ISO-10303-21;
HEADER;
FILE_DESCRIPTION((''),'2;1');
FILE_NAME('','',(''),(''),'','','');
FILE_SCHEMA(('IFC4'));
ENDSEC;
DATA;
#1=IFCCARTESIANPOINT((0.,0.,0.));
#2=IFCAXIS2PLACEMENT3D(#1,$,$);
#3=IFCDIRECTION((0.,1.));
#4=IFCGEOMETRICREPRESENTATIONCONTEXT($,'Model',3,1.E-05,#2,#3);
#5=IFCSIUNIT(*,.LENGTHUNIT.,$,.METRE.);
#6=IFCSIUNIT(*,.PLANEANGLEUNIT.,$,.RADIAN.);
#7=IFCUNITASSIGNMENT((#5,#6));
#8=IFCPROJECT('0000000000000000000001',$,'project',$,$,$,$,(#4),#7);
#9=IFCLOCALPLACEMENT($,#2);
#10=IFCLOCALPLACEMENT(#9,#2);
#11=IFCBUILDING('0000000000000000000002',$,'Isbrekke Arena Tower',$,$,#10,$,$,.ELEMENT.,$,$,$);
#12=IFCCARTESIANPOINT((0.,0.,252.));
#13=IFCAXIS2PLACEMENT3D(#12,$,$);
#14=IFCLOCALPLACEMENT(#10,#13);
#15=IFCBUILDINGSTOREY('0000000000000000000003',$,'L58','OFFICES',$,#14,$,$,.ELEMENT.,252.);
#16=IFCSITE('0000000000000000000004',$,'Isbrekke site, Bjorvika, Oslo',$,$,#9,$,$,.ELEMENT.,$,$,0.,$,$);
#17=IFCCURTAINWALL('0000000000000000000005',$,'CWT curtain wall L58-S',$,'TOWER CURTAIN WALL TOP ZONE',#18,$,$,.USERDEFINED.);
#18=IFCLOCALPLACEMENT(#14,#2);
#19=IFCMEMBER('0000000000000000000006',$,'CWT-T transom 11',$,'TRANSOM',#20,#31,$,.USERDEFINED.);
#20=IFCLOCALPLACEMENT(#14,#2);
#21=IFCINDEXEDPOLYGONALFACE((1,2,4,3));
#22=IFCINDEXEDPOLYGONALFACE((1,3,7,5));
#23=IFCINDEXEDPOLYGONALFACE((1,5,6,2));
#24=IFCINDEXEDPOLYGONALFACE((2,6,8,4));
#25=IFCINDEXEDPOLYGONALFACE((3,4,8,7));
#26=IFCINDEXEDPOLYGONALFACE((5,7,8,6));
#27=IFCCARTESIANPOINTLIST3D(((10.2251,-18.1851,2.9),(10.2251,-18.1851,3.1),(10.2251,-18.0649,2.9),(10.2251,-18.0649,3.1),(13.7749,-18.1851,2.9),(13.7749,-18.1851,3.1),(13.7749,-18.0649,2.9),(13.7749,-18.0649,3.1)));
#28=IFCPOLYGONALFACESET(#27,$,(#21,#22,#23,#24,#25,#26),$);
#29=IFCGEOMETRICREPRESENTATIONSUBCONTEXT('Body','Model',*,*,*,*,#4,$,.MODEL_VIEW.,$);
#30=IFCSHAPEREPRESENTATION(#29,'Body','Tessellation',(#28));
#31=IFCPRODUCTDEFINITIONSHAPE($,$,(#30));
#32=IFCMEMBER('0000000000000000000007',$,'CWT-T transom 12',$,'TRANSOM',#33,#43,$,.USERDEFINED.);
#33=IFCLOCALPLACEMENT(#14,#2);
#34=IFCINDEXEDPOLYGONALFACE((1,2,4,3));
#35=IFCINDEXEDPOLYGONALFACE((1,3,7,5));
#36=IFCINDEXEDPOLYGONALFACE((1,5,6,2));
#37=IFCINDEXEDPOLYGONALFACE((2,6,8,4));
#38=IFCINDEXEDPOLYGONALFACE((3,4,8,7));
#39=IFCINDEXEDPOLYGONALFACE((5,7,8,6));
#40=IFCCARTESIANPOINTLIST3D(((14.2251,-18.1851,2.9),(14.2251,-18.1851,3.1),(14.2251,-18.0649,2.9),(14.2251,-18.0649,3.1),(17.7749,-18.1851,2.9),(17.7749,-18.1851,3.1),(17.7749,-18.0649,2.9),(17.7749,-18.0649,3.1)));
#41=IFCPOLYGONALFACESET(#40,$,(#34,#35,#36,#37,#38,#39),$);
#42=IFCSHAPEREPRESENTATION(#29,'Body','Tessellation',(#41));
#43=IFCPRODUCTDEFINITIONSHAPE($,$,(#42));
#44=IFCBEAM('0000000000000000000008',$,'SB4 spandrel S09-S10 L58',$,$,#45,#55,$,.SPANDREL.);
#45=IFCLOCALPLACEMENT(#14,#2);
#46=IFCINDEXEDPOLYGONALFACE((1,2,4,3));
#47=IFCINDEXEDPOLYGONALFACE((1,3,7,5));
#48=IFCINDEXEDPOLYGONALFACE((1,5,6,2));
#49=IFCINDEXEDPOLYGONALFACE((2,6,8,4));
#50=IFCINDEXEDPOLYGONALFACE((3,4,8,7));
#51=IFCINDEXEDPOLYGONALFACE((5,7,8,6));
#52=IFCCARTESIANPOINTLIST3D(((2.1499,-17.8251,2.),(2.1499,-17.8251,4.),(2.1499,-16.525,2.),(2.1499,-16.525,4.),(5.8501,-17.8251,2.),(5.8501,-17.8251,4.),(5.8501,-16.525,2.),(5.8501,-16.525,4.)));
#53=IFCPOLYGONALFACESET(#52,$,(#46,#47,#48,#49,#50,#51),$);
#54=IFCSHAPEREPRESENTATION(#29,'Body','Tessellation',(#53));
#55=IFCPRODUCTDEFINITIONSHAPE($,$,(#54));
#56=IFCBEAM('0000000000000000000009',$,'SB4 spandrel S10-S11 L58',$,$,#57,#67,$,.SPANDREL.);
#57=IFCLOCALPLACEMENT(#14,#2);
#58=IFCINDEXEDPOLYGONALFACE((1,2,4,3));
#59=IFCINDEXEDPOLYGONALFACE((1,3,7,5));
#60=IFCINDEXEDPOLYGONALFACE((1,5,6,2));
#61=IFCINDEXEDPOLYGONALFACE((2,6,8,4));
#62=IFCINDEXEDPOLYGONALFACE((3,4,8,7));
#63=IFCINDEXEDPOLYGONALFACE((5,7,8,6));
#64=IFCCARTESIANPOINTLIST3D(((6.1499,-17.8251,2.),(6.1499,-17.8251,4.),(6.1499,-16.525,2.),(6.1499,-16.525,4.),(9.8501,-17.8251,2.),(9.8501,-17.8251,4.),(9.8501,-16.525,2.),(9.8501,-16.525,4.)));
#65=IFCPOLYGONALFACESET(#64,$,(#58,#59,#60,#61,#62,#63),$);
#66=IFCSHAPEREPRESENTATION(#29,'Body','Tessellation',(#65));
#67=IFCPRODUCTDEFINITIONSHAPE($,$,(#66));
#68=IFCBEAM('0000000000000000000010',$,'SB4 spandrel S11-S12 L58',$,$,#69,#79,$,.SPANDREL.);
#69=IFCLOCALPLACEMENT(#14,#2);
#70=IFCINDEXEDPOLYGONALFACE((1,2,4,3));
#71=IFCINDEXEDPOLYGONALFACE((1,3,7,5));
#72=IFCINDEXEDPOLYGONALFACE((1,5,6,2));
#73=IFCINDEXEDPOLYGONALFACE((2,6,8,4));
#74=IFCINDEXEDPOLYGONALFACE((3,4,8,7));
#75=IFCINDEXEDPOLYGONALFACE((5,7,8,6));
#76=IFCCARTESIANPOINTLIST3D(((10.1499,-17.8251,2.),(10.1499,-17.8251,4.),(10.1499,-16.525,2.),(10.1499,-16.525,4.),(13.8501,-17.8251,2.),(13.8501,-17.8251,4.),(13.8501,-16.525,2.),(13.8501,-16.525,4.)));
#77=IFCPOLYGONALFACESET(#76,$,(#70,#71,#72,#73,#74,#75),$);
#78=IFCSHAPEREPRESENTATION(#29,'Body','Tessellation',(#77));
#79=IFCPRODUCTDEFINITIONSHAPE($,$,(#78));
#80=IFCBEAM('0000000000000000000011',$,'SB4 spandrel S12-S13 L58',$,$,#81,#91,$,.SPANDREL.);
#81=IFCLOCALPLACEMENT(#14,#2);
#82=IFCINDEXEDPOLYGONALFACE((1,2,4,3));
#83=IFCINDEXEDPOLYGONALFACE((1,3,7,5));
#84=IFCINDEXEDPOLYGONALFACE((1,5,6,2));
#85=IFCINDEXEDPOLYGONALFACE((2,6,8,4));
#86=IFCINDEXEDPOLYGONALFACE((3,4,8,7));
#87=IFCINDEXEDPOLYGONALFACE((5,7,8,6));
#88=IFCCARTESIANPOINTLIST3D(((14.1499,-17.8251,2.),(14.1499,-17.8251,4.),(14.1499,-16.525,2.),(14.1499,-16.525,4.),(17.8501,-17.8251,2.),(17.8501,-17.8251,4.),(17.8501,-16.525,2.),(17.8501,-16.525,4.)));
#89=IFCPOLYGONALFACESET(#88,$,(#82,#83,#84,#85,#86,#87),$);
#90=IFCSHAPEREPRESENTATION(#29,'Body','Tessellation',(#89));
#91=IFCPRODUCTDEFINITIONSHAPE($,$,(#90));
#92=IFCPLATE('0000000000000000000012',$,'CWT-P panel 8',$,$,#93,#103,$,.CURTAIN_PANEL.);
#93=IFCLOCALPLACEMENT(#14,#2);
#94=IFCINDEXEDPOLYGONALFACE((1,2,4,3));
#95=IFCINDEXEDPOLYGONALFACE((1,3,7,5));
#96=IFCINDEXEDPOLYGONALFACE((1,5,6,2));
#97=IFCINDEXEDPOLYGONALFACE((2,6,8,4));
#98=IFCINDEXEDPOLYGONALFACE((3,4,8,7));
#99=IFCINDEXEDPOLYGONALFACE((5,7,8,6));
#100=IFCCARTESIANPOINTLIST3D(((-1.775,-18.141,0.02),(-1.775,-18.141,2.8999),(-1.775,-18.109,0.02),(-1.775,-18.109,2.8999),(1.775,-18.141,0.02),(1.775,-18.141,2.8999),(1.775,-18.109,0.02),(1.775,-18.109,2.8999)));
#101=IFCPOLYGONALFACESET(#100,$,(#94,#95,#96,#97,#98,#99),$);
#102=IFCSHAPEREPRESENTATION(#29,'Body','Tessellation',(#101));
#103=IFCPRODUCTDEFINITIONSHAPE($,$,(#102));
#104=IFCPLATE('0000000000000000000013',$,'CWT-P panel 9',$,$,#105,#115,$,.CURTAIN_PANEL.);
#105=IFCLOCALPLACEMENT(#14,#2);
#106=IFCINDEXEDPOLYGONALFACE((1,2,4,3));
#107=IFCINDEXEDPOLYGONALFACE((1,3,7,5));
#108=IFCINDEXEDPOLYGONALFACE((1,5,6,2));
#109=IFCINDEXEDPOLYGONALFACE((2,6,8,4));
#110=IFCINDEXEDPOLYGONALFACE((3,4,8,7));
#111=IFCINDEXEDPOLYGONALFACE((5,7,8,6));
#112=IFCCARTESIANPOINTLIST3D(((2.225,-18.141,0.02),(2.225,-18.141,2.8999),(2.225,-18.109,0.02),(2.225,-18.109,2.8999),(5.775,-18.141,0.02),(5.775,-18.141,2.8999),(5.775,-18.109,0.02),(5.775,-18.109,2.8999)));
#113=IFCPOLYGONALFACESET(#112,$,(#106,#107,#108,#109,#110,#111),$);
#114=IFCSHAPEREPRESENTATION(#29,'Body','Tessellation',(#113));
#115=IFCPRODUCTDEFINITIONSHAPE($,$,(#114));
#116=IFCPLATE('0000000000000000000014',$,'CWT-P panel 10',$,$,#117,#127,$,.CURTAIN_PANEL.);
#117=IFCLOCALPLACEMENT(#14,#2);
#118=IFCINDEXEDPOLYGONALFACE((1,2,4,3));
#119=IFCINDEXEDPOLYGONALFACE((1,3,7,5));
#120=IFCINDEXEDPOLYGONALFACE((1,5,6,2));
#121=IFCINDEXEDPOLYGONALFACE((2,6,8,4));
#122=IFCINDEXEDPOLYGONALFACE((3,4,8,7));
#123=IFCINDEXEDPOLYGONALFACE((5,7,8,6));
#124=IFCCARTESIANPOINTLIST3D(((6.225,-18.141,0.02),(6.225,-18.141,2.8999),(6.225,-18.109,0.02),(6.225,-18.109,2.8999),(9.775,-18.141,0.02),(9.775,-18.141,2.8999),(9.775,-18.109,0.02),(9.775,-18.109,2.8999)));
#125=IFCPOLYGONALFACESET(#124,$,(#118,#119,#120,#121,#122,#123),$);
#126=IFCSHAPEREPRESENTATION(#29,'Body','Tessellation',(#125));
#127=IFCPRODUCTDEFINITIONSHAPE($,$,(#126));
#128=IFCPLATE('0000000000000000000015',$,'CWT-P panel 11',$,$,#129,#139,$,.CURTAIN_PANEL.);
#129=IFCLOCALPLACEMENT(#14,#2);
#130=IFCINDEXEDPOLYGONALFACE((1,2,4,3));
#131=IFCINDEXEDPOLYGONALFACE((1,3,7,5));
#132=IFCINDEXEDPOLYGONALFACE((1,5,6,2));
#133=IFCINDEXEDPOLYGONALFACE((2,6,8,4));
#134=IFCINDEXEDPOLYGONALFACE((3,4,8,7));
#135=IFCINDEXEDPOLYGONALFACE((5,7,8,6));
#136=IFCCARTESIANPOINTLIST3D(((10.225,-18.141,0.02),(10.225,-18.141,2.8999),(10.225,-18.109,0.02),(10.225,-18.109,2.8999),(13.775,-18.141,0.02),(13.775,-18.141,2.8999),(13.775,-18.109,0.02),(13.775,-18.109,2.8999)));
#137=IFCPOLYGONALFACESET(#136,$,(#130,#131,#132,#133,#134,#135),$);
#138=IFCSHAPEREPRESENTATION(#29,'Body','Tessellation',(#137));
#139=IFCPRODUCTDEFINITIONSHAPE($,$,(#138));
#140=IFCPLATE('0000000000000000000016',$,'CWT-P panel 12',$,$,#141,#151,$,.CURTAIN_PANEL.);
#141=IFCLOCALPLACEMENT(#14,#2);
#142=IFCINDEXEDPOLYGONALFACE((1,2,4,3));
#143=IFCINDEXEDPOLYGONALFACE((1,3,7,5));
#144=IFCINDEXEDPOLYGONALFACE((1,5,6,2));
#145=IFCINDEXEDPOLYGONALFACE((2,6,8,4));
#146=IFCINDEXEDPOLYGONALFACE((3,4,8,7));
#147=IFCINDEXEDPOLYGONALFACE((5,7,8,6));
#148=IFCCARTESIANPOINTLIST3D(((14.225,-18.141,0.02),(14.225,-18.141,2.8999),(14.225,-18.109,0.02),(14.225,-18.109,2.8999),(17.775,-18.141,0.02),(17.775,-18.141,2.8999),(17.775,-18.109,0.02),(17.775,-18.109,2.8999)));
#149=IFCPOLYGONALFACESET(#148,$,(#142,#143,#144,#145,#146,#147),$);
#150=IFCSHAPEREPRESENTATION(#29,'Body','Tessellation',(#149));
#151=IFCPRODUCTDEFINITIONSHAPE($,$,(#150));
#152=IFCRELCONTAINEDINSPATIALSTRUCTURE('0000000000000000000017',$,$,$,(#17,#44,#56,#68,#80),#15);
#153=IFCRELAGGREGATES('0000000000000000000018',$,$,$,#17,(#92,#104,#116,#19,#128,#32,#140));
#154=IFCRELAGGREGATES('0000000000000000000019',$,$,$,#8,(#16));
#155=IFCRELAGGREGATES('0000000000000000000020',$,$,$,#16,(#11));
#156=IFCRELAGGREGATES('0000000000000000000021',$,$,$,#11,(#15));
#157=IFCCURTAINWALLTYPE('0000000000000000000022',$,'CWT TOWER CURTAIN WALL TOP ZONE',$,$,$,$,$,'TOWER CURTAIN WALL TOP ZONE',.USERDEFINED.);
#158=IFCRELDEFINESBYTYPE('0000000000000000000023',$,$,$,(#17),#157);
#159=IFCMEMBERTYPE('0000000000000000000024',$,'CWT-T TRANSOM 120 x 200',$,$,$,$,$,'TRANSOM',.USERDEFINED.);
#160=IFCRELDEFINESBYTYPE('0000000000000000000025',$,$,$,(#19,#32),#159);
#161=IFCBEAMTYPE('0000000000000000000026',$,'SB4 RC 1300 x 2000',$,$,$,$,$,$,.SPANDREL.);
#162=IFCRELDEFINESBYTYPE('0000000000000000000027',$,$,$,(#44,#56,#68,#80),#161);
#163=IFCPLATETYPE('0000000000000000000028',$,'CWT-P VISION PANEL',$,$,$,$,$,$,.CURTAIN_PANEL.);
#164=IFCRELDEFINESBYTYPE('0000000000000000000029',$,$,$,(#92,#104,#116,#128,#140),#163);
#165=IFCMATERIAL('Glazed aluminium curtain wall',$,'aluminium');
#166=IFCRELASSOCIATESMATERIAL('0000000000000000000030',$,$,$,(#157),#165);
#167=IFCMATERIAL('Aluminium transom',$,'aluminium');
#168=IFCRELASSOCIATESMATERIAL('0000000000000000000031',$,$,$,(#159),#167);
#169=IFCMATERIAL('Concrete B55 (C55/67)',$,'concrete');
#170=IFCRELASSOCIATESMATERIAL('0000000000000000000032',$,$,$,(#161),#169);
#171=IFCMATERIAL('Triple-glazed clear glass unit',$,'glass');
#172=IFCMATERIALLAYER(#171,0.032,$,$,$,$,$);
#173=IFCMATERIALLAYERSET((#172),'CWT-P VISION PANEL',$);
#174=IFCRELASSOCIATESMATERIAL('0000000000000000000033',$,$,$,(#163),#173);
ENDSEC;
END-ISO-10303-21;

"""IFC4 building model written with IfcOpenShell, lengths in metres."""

from ifc_helpers import new_model, si_unit, direction, frame, origin, origin_2d, place, context, subcontext, project, spatial, rectangle, extrude, material, layer, layer_set, material_profile, profile_set, type_object, element, aggregate, save


model = new_model("IFC4")

# Units and contexts
model_context = context("Model", 3, precision=1e-05, world=origin(), true_north=direction((0.0, 1.0)))
body_context = subcontext(model_context, "Body", "Model", "MODEL_VIEW")
ifc_project = project(units=[si_unit("LENGTHUNIT", "METRE"), si_unit("PLANEANGLEUNIT", "RADIAN")], contexts=[model_context])

# Site, building, storey
site_placement = place(None, origin())
site = spatial("IfcSite", under=ifc_project, at=site_placement, Name="Isbrekke site, Bjorvika, Oslo", CompositionType="ELEMENT", RefElevation=0.0)
building_placement = place(site_placement, origin())
building = spatial("IfcBuilding", under=site, at=building_placement, Name="Isbrekke Arena Tower", CompositionType="ELEMENT")
storey_placement = place(building_placement, frame((0.0, 0.0, 252.0)))
storey = spatial("IfcBuildingStorey", under=building, at=storey_placement, Name="L58", Description="OFFICES", CompositionType="ELEMENT", Elevation=252.0)

# Curtain wall, members
ifc_material_1 = material(Name="Glazed aluminium curtain wall", Category="aluminium")
curtain_wall_type = type_object("IfcCurtainWallType", Name="CWT TOWER CURTAIN WALL TOP ZONE", ElementType="TOWER CURTAIN WALL TOP ZONE", PredefinedType="USERDEFINED", material=ifc_material_1)
curtain_wall_placement = place(storey_placement, origin())
curtain_wall = element("IfcCurtainWall", 1, at=curtain_wall_placement, inside=storey, type_object=curtain_wall_type, Name="CWT curtain wall L58-S", ObjectType="TOWER CURTAIN WALL TOP ZONE", PredefinedType="USERDEFINED")
ifc_material_2 = material(Name="Aluminium transom", Category="aluminium")
ifc_material_profile_1 = material_profile(ifc_material_2, rectangle(XDim=0.1201, YDim=0.2, at=origin_2d()), Name="TRANSOM 120X200")
ifc_profile_set_1 = profile_set([ifc_material_profile_1], Name="Aluminium transom")
member_type_1 = type_object("IfcMemberType", Name="CWT-T TRANSOM 120 x 200", ElementType="TRANSOM", PredefinedType="USERDEFINED", material=ifc_profile_set_1)
member_1_placement = place(storey_placement, frame((10.2251, -18.125, 3.0), z_axis=(1.0, 0.0, 0.0), x_axis=(0.0, 1.0, 0.0)))
member_1 = element("IfcMember", 2, at=member_1_placement, type_object=member_type_1, Name="CWT-T transom 11", ObjectType="TRANSOM", PredefinedType="USERDEFINED", context=body_context, shape_type="SweptSolid", body=[
    extrude(rectangle(XDim=0.1201, YDim=0.2, at=origin_2d()), origin(), (0.0, 0.0, 1.0), 3.5498),
])
member_2_placement = place(storey_placement, frame((14.2251, -18.125, 3.0), z_axis=(1.0, 0.0, 0.0), x_axis=(0.0, 1.0, 0.0)))
member_2 = element("IfcMember", 3, at=member_2_placement, type_object=member_type_1, Name="CWT-T transom 12", ObjectType="TRANSOM", PredefinedType="USERDEFINED", context=body_context, shape_type="SweptSolid", body=[
    extrude(rectangle(XDim=0.1201, YDim=0.2, at=origin_2d()), origin(), (0.0, 0.0, 1.0), 3.5498),
])

# Beams
ifc_material_3 = material(Name="Concrete B55 (C55/67)", Category="concrete")
ifc_material_profile_2 = material_profile(ifc_material_3, rectangle(XDim=1.3, YDim=2.0, at=origin_2d()), Name="RC 1300x2000")
ifc_profile_set_2 = profile_set([ifc_material_profile_2], Name="Concrete B55 (C55/67)")
beam_type_1 = type_object("IfcBeamType", Name="SB4 RC 1300 x 2000", PredefinedType="SPANDREL", material=ifc_profile_set_2)
for number, where, z_axis, x_axis, name in (
    (4, (2.1499, -17.175, 3.0), (1.0, 0.0, 0.0), (0.0, 1.0, 0.0), "SB4 spandrel S09-S10 L58"),
    (5, (6.1499, -17.175, 3.0), (1.0, 0.0, 0.0), (0.0, 1.0, 0.0), "SB4 spandrel S10-S11 L58"),
    (6, (10.1499, -17.175, 3.0), (1.0, 0.0, 0.0), (0.0, 1.0, 0.0), "SB4 spandrel S11-S12 L58"),
    (7, (14.1499, -17.175, 3.0), (1.0, 0.0, 0.0), (0.0, 1.0, 0.0), "SB4 spandrel S12-S13 L58"),
):
    element("IfcBeam", number, at=place(storey_placement, frame(where, z_axis=z_axis, x_axis=x_axis)), inside=storey, type_object=beam_type_1, Name=name, PredefinedType="SPANDREL", context=body_context, shape_type="SweptSolid", body=[
        extrude(rectangle(XDim=1.3, YDim=2.0, at=origin_2d()), origin(), (0.0, 0.0, 1.0), 3.7002),
    ])

# Plates
ifc_material_4 = material(Name="Triple-glazed clear glass unit", Category="glass")
ifc_layer = layer(ifc_material_4, 0.032)
ifc_layer_set = layer_set([ifc_layer], Name="CWT-P VISION PANEL")
plate_type = type_object("IfcPlateType", Name="CWT-P VISION PANEL", PredefinedType="CURTAIN_PANEL", material=ifc_layer_set)
plate_1_placement = place(storey_placement, frame((0.0, -18.125, 0.02), z_axis=(0.0, 0.0, 1.0), x_axis=(1.0, 0.0, 0.0)))
plate_1 = element("IfcPlate", 8, at=plate_1_placement, type_object=plate_type, Name="CWT-P panel 8", PredefinedType="CURTAIN_PANEL", context=body_context, shape_type="SweptSolid", body=[
    extrude(rectangle(XDim=3.55, YDim=0.032, at=origin_2d()), origin(), (0.0, 0.0, 1.0), 2.8799),
])
plate_2_placement = place(storey_placement, frame((4.0, -18.125, 0.02), z_axis=(0.0, 0.0, 1.0), x_axis=(1.0, 0.0, 0.0)))
plate_2 = element("IfcPlate", 9, at=plate_2_placement, type_object=plate_type, Name="CWT-P panel 9", PredefinedType="CURTAIN_PANEL", context=body_context, shape_type="SweptSolid", body=[
    extrude(rectangle(XDim=3.55, YDim=0.032, at=origin_2d()), origin(), (0.0, 0.0, 1.0), 2.8799),
])
plate_3_placement = place(storey_placement, frame((8.0, -18.125, 0.02), z_axis=(0.0, 0.0, 1.0), x_axis=(1.0, 0.0, 0.0)))
plate_3 = element("IfcPlate", 10, at=plate_3_placement, type_object=plate_type, Name="CWT-P panel 10", PredefinedType="CURTAIN_PANEL", context=body_context, shape_type="SweptSolid", body=[
    extrude(rectangle(XDim=3.55, YDim=0.032, at=origin_2d()), origin(), (0.0, 0.0, 1.0), 2.8799),
])
plate_4_placement = place(storey_placement, frame((12.0, -18.125, 0.02), z_axis=(0.0, 0.0, 1.0), x_axis=(1.0, 0.0, 0.0)))
plate_4 = element("IfcPlate", 11, at=plate_4_placement, type_object=plate_type, Name="CWT-P panel 11", PredefinedType="CURTAIN_PANEL", context=body_context, shape_type="SweptSolid", body=[
    extrude(rectangle(XDim=3.55, YDim=0.032, at=origin_2d()), origin(), (0.0, 0.0, 1.0), 2.8799),
])
plate_5_placement = place(storey_placement, frame((16.0, -18.125, 0.02), z_axis=(0.0, 0.0, 1.0), x_axis=(1.0, 0.0, 0.0)))
plate_5 = element("IfcPlate", 12, at=plate_5_placement, type_object=plate_type, Name="CWT-P panel 12", PredefinedType="CURTAIN_PANEL", context=body_context, shape_type="SweptSolid", body=[
    extrude(rectangle(XDim=3.55, YDim=0.032, at=origin_2d()), origin(), (0.0, 0.0, 1.0), 2.8799),
])
aggregate(curtain_wall, [plate_1, plate_2, plate_3, member_1, plate_4, member_2, plate_5])

save(model, "model.ifc")
